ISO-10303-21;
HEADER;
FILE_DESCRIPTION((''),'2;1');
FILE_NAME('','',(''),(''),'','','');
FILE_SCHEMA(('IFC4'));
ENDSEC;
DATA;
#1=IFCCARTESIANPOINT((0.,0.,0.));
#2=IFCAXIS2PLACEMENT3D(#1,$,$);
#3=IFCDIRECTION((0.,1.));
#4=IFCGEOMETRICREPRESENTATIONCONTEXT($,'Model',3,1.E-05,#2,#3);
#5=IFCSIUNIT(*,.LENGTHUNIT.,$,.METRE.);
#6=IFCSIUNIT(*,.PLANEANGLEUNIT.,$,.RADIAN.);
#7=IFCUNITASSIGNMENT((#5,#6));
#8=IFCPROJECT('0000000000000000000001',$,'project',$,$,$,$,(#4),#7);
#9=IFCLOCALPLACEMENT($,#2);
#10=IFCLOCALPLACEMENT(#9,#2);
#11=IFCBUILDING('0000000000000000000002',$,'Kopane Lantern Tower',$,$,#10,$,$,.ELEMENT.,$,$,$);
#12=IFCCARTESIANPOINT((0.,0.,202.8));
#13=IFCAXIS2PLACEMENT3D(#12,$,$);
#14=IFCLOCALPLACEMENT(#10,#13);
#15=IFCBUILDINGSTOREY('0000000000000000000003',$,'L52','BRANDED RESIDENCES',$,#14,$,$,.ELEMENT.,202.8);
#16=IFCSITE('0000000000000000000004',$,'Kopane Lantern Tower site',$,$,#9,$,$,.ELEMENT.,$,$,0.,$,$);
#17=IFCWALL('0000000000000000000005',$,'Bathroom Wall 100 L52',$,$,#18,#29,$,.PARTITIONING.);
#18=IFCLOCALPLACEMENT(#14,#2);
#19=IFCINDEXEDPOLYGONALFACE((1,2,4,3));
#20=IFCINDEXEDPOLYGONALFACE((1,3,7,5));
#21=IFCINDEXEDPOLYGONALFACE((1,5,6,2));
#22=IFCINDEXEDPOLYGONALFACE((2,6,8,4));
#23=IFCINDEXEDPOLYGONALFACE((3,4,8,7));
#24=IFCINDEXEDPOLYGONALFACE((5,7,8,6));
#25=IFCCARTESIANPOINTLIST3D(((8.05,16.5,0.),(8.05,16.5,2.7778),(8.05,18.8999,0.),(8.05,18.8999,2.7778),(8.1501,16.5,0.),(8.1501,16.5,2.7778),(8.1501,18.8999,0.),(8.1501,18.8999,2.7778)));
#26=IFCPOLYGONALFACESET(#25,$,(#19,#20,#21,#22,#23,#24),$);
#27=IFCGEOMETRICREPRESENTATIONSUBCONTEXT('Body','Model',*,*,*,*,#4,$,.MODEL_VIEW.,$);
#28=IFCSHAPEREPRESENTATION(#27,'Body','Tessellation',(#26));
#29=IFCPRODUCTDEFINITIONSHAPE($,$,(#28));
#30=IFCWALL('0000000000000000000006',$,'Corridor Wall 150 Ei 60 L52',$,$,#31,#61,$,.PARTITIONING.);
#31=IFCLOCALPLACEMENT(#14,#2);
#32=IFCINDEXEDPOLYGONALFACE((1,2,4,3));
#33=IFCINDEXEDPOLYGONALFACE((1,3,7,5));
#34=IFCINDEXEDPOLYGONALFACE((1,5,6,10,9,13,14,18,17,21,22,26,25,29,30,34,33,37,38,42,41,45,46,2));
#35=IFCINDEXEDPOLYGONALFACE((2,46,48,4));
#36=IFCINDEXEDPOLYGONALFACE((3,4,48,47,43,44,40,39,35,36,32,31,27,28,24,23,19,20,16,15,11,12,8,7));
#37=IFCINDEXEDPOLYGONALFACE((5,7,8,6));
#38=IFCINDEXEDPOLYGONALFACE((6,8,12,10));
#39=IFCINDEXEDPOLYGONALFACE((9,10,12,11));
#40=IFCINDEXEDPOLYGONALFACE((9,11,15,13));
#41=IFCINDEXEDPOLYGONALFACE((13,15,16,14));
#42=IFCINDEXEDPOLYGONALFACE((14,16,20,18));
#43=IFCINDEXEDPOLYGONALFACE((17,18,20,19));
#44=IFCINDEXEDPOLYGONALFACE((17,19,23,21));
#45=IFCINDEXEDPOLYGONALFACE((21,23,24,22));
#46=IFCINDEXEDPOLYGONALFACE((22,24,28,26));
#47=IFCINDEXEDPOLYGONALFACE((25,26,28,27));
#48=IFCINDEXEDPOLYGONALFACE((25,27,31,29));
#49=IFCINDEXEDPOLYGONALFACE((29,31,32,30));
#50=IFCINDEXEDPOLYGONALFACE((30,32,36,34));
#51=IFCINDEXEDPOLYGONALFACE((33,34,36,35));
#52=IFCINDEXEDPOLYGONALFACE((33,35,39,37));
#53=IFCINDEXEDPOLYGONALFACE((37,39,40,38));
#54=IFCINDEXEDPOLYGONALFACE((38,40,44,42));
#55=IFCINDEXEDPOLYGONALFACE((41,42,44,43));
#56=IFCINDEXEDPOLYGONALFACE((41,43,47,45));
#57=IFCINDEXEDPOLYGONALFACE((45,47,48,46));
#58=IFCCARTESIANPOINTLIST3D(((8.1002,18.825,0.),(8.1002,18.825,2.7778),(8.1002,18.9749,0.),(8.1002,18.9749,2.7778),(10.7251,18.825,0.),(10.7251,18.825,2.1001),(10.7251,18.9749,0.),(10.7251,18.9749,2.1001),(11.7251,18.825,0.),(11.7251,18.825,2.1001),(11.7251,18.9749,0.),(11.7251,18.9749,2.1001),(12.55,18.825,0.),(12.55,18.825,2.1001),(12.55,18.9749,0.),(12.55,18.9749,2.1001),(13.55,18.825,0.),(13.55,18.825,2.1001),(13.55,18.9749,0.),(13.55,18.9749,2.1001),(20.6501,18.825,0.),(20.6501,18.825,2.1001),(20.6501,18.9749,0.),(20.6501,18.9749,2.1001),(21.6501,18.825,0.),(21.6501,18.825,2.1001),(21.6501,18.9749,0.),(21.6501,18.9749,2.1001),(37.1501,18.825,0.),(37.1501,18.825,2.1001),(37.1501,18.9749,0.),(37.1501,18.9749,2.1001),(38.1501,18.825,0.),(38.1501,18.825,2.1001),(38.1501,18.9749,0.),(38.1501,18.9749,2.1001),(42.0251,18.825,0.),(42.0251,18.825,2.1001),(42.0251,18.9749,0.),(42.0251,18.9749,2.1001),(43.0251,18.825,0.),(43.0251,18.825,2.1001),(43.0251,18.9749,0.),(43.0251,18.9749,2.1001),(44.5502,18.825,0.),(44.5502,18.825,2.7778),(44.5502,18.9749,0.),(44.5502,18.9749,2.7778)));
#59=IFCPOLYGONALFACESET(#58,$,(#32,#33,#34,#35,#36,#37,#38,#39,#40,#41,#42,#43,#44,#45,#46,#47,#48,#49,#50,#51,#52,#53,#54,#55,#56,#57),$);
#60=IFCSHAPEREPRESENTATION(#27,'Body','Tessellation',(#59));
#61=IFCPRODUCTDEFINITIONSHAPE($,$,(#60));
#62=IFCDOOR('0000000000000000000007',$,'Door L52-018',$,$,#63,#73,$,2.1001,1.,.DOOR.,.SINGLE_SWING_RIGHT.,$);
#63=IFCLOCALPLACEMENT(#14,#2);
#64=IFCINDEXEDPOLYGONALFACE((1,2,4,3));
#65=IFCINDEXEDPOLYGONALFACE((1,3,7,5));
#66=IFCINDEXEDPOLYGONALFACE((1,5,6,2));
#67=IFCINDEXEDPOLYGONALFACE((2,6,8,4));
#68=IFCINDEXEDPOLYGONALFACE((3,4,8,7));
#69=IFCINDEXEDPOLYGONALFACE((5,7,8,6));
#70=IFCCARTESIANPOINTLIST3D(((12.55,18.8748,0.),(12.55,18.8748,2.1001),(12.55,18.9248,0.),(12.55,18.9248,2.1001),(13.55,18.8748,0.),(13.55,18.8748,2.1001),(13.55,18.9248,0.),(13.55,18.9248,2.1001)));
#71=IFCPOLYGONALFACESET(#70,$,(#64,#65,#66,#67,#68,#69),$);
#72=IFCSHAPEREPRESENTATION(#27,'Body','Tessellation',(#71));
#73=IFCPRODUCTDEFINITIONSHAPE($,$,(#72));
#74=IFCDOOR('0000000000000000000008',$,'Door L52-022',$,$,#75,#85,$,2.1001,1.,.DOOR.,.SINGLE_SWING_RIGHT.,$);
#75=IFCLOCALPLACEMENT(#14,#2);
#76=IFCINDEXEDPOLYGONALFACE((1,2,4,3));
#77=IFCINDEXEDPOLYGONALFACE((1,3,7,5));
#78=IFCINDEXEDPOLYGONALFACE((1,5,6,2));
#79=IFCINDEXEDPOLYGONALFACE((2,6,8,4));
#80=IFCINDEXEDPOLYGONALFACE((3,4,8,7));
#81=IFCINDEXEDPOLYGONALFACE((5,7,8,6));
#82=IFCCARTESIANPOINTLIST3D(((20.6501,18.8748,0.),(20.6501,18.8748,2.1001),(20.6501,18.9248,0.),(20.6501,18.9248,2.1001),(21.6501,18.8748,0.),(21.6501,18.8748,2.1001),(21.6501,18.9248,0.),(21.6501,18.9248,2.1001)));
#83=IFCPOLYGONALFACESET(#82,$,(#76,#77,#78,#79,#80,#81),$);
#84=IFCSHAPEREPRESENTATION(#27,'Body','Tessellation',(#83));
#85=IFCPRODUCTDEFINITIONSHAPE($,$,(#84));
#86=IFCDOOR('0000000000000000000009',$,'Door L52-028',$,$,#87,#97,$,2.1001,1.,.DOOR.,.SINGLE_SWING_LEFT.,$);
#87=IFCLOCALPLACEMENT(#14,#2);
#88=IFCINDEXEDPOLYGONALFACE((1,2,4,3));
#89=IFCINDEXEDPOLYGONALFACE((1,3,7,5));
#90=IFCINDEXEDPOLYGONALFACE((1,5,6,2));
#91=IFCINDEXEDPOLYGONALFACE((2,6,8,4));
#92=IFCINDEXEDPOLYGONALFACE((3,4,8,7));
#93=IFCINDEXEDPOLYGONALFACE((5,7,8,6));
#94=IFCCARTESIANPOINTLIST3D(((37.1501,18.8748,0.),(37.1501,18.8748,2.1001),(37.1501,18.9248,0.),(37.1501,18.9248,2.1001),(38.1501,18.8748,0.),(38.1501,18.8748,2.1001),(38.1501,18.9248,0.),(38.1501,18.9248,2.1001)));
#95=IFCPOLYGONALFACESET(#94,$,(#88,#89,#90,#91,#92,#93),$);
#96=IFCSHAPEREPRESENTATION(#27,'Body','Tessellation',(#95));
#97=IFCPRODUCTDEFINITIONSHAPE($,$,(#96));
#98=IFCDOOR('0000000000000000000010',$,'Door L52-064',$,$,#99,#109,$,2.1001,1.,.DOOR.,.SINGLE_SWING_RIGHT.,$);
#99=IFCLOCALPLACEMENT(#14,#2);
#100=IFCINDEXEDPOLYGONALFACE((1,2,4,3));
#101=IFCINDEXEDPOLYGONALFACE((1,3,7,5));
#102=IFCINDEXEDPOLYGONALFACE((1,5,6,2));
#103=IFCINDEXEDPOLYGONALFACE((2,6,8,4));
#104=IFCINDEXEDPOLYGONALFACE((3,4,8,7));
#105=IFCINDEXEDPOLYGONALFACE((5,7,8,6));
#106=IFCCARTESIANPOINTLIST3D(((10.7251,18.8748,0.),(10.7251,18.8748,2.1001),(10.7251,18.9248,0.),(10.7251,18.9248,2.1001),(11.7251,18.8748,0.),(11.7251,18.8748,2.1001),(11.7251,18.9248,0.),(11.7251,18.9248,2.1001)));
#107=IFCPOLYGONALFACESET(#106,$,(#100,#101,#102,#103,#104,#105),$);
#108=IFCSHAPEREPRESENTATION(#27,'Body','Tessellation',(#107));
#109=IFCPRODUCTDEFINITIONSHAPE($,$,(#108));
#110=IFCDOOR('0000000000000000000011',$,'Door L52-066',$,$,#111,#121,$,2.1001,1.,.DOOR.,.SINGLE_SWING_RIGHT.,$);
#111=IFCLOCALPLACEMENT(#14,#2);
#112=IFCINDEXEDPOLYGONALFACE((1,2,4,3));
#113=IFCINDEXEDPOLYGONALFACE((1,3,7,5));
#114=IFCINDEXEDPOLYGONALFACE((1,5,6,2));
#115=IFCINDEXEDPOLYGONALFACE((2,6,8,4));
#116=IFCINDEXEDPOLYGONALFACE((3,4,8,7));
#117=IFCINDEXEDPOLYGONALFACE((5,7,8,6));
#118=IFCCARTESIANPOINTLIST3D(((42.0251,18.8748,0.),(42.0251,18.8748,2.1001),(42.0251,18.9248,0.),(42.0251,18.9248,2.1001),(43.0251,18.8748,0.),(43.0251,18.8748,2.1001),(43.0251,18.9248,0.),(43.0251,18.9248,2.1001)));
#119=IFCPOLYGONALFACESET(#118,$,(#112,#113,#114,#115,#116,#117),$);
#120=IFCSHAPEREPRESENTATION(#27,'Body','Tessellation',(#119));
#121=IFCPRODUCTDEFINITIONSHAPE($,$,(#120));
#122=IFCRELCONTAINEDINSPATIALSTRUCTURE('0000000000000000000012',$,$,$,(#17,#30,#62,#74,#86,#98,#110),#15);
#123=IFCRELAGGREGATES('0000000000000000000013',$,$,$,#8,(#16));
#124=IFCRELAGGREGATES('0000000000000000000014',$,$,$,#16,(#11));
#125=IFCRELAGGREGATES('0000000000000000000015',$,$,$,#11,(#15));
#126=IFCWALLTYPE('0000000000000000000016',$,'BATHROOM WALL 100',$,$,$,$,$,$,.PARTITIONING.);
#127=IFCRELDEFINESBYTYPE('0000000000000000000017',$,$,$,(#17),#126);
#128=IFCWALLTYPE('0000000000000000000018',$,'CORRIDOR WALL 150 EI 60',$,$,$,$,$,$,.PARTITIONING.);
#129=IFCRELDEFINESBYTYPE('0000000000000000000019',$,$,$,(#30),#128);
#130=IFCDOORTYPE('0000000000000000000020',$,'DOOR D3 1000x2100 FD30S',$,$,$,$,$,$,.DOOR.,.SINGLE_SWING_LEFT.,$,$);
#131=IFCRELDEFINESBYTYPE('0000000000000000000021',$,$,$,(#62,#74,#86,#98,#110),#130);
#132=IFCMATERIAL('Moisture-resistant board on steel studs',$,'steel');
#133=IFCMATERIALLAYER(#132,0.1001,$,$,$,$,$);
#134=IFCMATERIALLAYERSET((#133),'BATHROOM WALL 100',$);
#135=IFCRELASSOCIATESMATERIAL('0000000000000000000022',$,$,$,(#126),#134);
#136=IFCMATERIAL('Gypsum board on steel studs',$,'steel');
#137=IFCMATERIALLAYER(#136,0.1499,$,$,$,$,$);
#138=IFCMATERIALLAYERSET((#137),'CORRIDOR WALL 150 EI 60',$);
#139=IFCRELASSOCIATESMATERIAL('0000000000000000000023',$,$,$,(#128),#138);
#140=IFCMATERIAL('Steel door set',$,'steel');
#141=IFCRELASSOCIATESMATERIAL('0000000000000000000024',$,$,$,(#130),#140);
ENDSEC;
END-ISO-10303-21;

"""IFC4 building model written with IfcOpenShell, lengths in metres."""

from ifc_helpers import new_model, si_unit, direction, frame, frame_2d, origin, place, context, subcontext, project, spatial, rectangle, extrude, material, layer, layer_set, type_object, element, fill, save


model = new_model("IFC4")

# Units and contexts
model_context = context("Model", 3, precision=1e-05, world=origin(), true_north=direction((0.0, 1.0)))
body_context = subcontext(model_context, "Body", "Model", "MODEL_VIEW")
ifc_project = project(units=[si_unit("LENGTHUNIT", "METRE"), si_unit("PLANEANGLEUNIT", "RADIAN")], contexts=[model_context])

# Site, building, storey
site_placement = place(None, origin())
site = spatial("IfcSite", under=ifc_project, at=site_placement, Name="Kopane Lantern Tower site", CompositionType="ELEMENT", RefElevation=0.0)
building_placement = place(site_placement, origin())
building = spatial("IfcBuilding", under=site, at=building_placement, Name="Kopane Lantern Tower", CompositionType="ELEMENT")
storey_placement = place(building_placement, frame((0.0, 0.0, 202.8)))
storey = spatial("IfcBuildingStorey", under=building, at=storey_placement, Name="L52", Description="BRANDED RESIDENCES", CompositionType="ELEMENT", Elevation=202.8)

# Wall
ifc_material_1 = material(Name="Moisture-resistant board on steel studs", Category="steel")
ifc_layer_1 = layer(ifc_material_1, 0.1001)
ifc_layer_set_1 = layer_set([ifc_layer_1], Name="BATHROOM WALL 100")
wall_type_1 = type_object("IfcWallType", Name="BATHROOM WALL 100", PredefinedType="PARTITIONING", material=ifc_layer_set_1)
wall_1_placement = place(storey_placement, frame((8.1001, 18.8999, 0.0), z_axis=(0.0, 0.0, 1.0), x_axis=(0.0, -1.0, 0.0)))
element("IfcWall", 1, at=wall_1_placement, inside=storey, type_object=wall_type_1, Name="Bathroom Wall 100 L52", PredefinedType="PARTITIONING", context=body_context, shape_type="SweptSolid", body=[
    extrude(rectangle(XDim=2.3999, YDim=0.1001, at=frame_2d((1.2, 0.0))), origin(), (0.0, 0.0, 1.0), 2.7778),
])

# Wall, openings, doors
ifc_material_2 = material(Name="Gypsum board on steel studs", Category="steel")
ifc_layer_2 = layer(ifc_material_2, 0.1499)
ifc_layer_set_2 = layer_set([ifc_layer_2], Name="CORRIDOR WALL 150 EI 60")
wall_type_2 = type_object("IfcWallType", Name="CORRIDOR WALL 150 EI 60", PredefinedType="PARTITIONING", material=ifc_layer_set_2)
wall_2_placement = place(storey_placement, frame((8.1001, 18.8999, 0.0), z_axis=(0.0, 0.0, 1.0), x_axis=(1.0, 0.0, 0.0)))
wall_2 = element("IfcWall", 2, at=wall_2_placement, inside=storey, type_object=wall_type_2, Name="Corridor Wall 150 Ei 60 L52", PredefinedType="PARTITIONING", context=body_context, shape_type="SweptSolid", body=[
    extrude(rectangle(XDim=36.45, YDim=0.1499, at=frame_2d((18.2251, 0.0))), origin(), (0.0, 0.0, 1.0), 2.7778),
])
opening_1_placement = place(wall_2_placement, frame((4.45, 0.0, 0.0)))
opening_1 = element("IfcOpeningElement", 3, at=opening_1_placement, cuts=wall_2, PredefinedType="OPENING", context=body_context, shape_type="SweptSolid", body=[
    extrude(rectangle(XDim=1.0, YDim=2.1001, at=frame_2d((0.5, 1.05))), frame((0.0, 0.085, 0.0), z_axis=(0.0, -1.0, 0.0), x_axis=(1.0, 0.0, 0.0)), (0.0, 0.0, 1.0), 0.1699),
])
opening_2_placement = place(wall_2_placement, frame((12.55, 0.0, 0.0)))
opening_2 = element("IfcOpeningElement", 4, at=opening_2_placement, cuts=wall_2, PredefinedType="OPENING", context=body_context, shape_type="SweptSolid", body=[
    extrude(rectangle(XDim=1.0, YDim=2.1001, at=frame_2d((0.5, 1.05))), frame((0.0, 0.085, 0.0), z_axis=(0.0, -1.0, 0.0), x_axis=(1.0, 0.0, 0.0)), (0.0, 0.0, 1.0), 0.1699),
])
opening_3_placement = place(wall_2_placement, frame((29.05, 0.0, 0.0)))
opening_3 = element("IfcOpeningElement", 5, at=opening_3_placement, cuts=wall_2, PredefinedType="OPENING", context=body_context, shape_type="SweptSolid", body=[
    extrude(rectangle(XDim=1.0, YDim=2.1001, at=frame_2d((0.5, 1.05))), frame((0.0, 0.085, 0.0), z_axis=(0.0, -1.0, 0.0), x_axis=(1.0, 0.0, 0.0)), (0.0, 0.0, 1.0), 0.1699),
])
opening_4_placement = place(wall_2_placement, frame((2.625, 0.0, 0.0)))
opening_4 = element("IfcOpeningElement", 6, at=opening_4_placement, cuts=wall_2, PredefinedType="OPENING", context=body_context, shape_type="SweptSolid", body=[
    extrude(rectangle(XDim=1.0, YDim=2.1001, at=frame_2d((0.5, 1.05))), frame((0.0, 0.085, 0.0), z_axis=(0.0, -1.0, 0.0), x_axis=(1.0, 0.0, 0.0)), (0.0, 0.0, 1.0), 0.1699),
])
opening_5_placement = place(wall_2_placement, frame((33.925, 0.0, 0.0)))
opening_5 = element("IfcOpeningElement", 7, at=opening_5_placement, cuts=wall_2, PredefinedType="OPENING", context=body_context, shape_type="SweptSolid", body=[
    extrude(rectangle(XDim=1.0, YDim=2.1001, at=frame_2d((0.5, 1.05))), frame((0.0, 0.085, 0.0), z_axis=(0.0, -1.0, 0.0), x_axis=(1.0, 0.0, 0.0)), (0.0, 0.0, 1.0), 0.1699),
])
ifc_material_3 = material(Name="Steel door set", Category="steel")
door_type = type_object("IfcDoorType", Name="DOOR D3 1000x2100 FD30S", OperationType="SINGLE_SWING_LEFT", PredefinedType="DOOR", material=ifc_material_3)
door_1_placement = place(opening_1_placement, origin())
door_1 = element("IfcDoor", 8, at=door_1_placement, inside=storey, type_object=door_type, Name="Door L52-018", OperationType="SINGLE_SWING_RIGHT", OverallHeight=2.1001, OverallWidth=1.0, PredefinedType="DOOR", context=body_context, shape_type="SweptSolid", body=[
    extrude(rectangle(XDim=1.0, YDim=2.1001, at=frame_2d((0.5, 1.05))), frame((0.0, 0.0249, 0.0), z_axis=(0.0, -1.0, 0.0), x_axis=(1.0, 0.0, 0.0)), (0.0, 0.0, 1.0), 0.05),
])
fill(opening_1, door_1)
door_2_placement = place(opening_2_placement, origin())
door_2 = element("IfcDoor", 9, at=door_2_placement, inside=storey, type_object=door_type, Name="Door L52-022", OperationType="SINGLE_SWING_RIGHT", OverallHeight=2.1001, OverallWidth=1.0, PredefinedType="DOOR", context=body_context, shape_type="SweptSolid", body=[
    extrude(rectangle(XDim=1.0, YDim=2.1001, at=frame_2d((0.5, 1.05))), frame((0.0, 0.0249, 0.0), z_axis=(0.0, -1.0, 0.0), x_axis=(1.0, 0.0, 0.0)), (0.0, 0.0, 1.0), 0.05),
])
fill(opening_2, door_2)
door_3_placement = place(opening_3_placement, origin())
door_3 = element("IfcDoor", 10, at=door_3_placement, inside=storey, type_object=door_type, Name="Door L52-028", OperationType="SINGLE_SWING_LEFT", OverallHeight=2.1001, OverallWidth=1.0, PredefinedType="DOOR", context=body_context, shape_type="SweptSolid", body=[
    extrude(rectangle(XDim=1.0, YDim=2.1001, at=frame_2d((0.5, 1.05))), frame((0.0, 0.0249, 0.0), z_axis=(0.0, -1.0, 0.0), x_axis=(1.0, 0.0, 0.0)), (0.0, 0.0, 1.0), 0.05),
])
fill(opening_3, door_3)
door_4_placement = place(opening_4_placement, origin())
door_4 = element("IfcDoor", 11, at=door_4_placement, inside=storey, type_object=door_type, Name="Door L52-064", OperationType="SINGLE_SWING_RIGHT", OverallHeight=2.1001, OverallWidth=1.0, PredefinedType="DOOR", context=body_context, shape_type="SweptSolid", body=[
    extrude(rectangle(XDim=1.0, YDim=2.1001, at=frame_2d((0.5, 1.05))), frame((0.0, 0.0249, 0.0), z_axis=(0.0, -1.0, 0.0), x_axis=(1.0, 0.0, 0.0)), (0.0, 0.0, 1.0), 0.05),
])
fill(opening_4, door_4)
door_5_placement = place(opening_5_placement, origin())
door_5 = element("IfcDoor", 12, at=door_5_placement, inside=storey, type_object=door_type, Name="Door L52-066", OperationType="SINGLE_SWING_RIGHT", OverallHeight=2.1001, OverallWidth=1.0, PredefinedType="DOOR", context=body_context, shape_type="SweptSolid", body=[
    extrude(rectangle(XDim=1.0, YDim=2.1001, at=frame_2d((0.5, 1.05))), frame((0.0, 0.0249, 0.0), z_axis=(0.0, -1.0, 0.0), x_axis=(1.0, 0.0, 0.0)), (0.0, 0.0, 1.0), 0.05),
])
fill(opening_5, door_5)

save(model, "model.ifc")
